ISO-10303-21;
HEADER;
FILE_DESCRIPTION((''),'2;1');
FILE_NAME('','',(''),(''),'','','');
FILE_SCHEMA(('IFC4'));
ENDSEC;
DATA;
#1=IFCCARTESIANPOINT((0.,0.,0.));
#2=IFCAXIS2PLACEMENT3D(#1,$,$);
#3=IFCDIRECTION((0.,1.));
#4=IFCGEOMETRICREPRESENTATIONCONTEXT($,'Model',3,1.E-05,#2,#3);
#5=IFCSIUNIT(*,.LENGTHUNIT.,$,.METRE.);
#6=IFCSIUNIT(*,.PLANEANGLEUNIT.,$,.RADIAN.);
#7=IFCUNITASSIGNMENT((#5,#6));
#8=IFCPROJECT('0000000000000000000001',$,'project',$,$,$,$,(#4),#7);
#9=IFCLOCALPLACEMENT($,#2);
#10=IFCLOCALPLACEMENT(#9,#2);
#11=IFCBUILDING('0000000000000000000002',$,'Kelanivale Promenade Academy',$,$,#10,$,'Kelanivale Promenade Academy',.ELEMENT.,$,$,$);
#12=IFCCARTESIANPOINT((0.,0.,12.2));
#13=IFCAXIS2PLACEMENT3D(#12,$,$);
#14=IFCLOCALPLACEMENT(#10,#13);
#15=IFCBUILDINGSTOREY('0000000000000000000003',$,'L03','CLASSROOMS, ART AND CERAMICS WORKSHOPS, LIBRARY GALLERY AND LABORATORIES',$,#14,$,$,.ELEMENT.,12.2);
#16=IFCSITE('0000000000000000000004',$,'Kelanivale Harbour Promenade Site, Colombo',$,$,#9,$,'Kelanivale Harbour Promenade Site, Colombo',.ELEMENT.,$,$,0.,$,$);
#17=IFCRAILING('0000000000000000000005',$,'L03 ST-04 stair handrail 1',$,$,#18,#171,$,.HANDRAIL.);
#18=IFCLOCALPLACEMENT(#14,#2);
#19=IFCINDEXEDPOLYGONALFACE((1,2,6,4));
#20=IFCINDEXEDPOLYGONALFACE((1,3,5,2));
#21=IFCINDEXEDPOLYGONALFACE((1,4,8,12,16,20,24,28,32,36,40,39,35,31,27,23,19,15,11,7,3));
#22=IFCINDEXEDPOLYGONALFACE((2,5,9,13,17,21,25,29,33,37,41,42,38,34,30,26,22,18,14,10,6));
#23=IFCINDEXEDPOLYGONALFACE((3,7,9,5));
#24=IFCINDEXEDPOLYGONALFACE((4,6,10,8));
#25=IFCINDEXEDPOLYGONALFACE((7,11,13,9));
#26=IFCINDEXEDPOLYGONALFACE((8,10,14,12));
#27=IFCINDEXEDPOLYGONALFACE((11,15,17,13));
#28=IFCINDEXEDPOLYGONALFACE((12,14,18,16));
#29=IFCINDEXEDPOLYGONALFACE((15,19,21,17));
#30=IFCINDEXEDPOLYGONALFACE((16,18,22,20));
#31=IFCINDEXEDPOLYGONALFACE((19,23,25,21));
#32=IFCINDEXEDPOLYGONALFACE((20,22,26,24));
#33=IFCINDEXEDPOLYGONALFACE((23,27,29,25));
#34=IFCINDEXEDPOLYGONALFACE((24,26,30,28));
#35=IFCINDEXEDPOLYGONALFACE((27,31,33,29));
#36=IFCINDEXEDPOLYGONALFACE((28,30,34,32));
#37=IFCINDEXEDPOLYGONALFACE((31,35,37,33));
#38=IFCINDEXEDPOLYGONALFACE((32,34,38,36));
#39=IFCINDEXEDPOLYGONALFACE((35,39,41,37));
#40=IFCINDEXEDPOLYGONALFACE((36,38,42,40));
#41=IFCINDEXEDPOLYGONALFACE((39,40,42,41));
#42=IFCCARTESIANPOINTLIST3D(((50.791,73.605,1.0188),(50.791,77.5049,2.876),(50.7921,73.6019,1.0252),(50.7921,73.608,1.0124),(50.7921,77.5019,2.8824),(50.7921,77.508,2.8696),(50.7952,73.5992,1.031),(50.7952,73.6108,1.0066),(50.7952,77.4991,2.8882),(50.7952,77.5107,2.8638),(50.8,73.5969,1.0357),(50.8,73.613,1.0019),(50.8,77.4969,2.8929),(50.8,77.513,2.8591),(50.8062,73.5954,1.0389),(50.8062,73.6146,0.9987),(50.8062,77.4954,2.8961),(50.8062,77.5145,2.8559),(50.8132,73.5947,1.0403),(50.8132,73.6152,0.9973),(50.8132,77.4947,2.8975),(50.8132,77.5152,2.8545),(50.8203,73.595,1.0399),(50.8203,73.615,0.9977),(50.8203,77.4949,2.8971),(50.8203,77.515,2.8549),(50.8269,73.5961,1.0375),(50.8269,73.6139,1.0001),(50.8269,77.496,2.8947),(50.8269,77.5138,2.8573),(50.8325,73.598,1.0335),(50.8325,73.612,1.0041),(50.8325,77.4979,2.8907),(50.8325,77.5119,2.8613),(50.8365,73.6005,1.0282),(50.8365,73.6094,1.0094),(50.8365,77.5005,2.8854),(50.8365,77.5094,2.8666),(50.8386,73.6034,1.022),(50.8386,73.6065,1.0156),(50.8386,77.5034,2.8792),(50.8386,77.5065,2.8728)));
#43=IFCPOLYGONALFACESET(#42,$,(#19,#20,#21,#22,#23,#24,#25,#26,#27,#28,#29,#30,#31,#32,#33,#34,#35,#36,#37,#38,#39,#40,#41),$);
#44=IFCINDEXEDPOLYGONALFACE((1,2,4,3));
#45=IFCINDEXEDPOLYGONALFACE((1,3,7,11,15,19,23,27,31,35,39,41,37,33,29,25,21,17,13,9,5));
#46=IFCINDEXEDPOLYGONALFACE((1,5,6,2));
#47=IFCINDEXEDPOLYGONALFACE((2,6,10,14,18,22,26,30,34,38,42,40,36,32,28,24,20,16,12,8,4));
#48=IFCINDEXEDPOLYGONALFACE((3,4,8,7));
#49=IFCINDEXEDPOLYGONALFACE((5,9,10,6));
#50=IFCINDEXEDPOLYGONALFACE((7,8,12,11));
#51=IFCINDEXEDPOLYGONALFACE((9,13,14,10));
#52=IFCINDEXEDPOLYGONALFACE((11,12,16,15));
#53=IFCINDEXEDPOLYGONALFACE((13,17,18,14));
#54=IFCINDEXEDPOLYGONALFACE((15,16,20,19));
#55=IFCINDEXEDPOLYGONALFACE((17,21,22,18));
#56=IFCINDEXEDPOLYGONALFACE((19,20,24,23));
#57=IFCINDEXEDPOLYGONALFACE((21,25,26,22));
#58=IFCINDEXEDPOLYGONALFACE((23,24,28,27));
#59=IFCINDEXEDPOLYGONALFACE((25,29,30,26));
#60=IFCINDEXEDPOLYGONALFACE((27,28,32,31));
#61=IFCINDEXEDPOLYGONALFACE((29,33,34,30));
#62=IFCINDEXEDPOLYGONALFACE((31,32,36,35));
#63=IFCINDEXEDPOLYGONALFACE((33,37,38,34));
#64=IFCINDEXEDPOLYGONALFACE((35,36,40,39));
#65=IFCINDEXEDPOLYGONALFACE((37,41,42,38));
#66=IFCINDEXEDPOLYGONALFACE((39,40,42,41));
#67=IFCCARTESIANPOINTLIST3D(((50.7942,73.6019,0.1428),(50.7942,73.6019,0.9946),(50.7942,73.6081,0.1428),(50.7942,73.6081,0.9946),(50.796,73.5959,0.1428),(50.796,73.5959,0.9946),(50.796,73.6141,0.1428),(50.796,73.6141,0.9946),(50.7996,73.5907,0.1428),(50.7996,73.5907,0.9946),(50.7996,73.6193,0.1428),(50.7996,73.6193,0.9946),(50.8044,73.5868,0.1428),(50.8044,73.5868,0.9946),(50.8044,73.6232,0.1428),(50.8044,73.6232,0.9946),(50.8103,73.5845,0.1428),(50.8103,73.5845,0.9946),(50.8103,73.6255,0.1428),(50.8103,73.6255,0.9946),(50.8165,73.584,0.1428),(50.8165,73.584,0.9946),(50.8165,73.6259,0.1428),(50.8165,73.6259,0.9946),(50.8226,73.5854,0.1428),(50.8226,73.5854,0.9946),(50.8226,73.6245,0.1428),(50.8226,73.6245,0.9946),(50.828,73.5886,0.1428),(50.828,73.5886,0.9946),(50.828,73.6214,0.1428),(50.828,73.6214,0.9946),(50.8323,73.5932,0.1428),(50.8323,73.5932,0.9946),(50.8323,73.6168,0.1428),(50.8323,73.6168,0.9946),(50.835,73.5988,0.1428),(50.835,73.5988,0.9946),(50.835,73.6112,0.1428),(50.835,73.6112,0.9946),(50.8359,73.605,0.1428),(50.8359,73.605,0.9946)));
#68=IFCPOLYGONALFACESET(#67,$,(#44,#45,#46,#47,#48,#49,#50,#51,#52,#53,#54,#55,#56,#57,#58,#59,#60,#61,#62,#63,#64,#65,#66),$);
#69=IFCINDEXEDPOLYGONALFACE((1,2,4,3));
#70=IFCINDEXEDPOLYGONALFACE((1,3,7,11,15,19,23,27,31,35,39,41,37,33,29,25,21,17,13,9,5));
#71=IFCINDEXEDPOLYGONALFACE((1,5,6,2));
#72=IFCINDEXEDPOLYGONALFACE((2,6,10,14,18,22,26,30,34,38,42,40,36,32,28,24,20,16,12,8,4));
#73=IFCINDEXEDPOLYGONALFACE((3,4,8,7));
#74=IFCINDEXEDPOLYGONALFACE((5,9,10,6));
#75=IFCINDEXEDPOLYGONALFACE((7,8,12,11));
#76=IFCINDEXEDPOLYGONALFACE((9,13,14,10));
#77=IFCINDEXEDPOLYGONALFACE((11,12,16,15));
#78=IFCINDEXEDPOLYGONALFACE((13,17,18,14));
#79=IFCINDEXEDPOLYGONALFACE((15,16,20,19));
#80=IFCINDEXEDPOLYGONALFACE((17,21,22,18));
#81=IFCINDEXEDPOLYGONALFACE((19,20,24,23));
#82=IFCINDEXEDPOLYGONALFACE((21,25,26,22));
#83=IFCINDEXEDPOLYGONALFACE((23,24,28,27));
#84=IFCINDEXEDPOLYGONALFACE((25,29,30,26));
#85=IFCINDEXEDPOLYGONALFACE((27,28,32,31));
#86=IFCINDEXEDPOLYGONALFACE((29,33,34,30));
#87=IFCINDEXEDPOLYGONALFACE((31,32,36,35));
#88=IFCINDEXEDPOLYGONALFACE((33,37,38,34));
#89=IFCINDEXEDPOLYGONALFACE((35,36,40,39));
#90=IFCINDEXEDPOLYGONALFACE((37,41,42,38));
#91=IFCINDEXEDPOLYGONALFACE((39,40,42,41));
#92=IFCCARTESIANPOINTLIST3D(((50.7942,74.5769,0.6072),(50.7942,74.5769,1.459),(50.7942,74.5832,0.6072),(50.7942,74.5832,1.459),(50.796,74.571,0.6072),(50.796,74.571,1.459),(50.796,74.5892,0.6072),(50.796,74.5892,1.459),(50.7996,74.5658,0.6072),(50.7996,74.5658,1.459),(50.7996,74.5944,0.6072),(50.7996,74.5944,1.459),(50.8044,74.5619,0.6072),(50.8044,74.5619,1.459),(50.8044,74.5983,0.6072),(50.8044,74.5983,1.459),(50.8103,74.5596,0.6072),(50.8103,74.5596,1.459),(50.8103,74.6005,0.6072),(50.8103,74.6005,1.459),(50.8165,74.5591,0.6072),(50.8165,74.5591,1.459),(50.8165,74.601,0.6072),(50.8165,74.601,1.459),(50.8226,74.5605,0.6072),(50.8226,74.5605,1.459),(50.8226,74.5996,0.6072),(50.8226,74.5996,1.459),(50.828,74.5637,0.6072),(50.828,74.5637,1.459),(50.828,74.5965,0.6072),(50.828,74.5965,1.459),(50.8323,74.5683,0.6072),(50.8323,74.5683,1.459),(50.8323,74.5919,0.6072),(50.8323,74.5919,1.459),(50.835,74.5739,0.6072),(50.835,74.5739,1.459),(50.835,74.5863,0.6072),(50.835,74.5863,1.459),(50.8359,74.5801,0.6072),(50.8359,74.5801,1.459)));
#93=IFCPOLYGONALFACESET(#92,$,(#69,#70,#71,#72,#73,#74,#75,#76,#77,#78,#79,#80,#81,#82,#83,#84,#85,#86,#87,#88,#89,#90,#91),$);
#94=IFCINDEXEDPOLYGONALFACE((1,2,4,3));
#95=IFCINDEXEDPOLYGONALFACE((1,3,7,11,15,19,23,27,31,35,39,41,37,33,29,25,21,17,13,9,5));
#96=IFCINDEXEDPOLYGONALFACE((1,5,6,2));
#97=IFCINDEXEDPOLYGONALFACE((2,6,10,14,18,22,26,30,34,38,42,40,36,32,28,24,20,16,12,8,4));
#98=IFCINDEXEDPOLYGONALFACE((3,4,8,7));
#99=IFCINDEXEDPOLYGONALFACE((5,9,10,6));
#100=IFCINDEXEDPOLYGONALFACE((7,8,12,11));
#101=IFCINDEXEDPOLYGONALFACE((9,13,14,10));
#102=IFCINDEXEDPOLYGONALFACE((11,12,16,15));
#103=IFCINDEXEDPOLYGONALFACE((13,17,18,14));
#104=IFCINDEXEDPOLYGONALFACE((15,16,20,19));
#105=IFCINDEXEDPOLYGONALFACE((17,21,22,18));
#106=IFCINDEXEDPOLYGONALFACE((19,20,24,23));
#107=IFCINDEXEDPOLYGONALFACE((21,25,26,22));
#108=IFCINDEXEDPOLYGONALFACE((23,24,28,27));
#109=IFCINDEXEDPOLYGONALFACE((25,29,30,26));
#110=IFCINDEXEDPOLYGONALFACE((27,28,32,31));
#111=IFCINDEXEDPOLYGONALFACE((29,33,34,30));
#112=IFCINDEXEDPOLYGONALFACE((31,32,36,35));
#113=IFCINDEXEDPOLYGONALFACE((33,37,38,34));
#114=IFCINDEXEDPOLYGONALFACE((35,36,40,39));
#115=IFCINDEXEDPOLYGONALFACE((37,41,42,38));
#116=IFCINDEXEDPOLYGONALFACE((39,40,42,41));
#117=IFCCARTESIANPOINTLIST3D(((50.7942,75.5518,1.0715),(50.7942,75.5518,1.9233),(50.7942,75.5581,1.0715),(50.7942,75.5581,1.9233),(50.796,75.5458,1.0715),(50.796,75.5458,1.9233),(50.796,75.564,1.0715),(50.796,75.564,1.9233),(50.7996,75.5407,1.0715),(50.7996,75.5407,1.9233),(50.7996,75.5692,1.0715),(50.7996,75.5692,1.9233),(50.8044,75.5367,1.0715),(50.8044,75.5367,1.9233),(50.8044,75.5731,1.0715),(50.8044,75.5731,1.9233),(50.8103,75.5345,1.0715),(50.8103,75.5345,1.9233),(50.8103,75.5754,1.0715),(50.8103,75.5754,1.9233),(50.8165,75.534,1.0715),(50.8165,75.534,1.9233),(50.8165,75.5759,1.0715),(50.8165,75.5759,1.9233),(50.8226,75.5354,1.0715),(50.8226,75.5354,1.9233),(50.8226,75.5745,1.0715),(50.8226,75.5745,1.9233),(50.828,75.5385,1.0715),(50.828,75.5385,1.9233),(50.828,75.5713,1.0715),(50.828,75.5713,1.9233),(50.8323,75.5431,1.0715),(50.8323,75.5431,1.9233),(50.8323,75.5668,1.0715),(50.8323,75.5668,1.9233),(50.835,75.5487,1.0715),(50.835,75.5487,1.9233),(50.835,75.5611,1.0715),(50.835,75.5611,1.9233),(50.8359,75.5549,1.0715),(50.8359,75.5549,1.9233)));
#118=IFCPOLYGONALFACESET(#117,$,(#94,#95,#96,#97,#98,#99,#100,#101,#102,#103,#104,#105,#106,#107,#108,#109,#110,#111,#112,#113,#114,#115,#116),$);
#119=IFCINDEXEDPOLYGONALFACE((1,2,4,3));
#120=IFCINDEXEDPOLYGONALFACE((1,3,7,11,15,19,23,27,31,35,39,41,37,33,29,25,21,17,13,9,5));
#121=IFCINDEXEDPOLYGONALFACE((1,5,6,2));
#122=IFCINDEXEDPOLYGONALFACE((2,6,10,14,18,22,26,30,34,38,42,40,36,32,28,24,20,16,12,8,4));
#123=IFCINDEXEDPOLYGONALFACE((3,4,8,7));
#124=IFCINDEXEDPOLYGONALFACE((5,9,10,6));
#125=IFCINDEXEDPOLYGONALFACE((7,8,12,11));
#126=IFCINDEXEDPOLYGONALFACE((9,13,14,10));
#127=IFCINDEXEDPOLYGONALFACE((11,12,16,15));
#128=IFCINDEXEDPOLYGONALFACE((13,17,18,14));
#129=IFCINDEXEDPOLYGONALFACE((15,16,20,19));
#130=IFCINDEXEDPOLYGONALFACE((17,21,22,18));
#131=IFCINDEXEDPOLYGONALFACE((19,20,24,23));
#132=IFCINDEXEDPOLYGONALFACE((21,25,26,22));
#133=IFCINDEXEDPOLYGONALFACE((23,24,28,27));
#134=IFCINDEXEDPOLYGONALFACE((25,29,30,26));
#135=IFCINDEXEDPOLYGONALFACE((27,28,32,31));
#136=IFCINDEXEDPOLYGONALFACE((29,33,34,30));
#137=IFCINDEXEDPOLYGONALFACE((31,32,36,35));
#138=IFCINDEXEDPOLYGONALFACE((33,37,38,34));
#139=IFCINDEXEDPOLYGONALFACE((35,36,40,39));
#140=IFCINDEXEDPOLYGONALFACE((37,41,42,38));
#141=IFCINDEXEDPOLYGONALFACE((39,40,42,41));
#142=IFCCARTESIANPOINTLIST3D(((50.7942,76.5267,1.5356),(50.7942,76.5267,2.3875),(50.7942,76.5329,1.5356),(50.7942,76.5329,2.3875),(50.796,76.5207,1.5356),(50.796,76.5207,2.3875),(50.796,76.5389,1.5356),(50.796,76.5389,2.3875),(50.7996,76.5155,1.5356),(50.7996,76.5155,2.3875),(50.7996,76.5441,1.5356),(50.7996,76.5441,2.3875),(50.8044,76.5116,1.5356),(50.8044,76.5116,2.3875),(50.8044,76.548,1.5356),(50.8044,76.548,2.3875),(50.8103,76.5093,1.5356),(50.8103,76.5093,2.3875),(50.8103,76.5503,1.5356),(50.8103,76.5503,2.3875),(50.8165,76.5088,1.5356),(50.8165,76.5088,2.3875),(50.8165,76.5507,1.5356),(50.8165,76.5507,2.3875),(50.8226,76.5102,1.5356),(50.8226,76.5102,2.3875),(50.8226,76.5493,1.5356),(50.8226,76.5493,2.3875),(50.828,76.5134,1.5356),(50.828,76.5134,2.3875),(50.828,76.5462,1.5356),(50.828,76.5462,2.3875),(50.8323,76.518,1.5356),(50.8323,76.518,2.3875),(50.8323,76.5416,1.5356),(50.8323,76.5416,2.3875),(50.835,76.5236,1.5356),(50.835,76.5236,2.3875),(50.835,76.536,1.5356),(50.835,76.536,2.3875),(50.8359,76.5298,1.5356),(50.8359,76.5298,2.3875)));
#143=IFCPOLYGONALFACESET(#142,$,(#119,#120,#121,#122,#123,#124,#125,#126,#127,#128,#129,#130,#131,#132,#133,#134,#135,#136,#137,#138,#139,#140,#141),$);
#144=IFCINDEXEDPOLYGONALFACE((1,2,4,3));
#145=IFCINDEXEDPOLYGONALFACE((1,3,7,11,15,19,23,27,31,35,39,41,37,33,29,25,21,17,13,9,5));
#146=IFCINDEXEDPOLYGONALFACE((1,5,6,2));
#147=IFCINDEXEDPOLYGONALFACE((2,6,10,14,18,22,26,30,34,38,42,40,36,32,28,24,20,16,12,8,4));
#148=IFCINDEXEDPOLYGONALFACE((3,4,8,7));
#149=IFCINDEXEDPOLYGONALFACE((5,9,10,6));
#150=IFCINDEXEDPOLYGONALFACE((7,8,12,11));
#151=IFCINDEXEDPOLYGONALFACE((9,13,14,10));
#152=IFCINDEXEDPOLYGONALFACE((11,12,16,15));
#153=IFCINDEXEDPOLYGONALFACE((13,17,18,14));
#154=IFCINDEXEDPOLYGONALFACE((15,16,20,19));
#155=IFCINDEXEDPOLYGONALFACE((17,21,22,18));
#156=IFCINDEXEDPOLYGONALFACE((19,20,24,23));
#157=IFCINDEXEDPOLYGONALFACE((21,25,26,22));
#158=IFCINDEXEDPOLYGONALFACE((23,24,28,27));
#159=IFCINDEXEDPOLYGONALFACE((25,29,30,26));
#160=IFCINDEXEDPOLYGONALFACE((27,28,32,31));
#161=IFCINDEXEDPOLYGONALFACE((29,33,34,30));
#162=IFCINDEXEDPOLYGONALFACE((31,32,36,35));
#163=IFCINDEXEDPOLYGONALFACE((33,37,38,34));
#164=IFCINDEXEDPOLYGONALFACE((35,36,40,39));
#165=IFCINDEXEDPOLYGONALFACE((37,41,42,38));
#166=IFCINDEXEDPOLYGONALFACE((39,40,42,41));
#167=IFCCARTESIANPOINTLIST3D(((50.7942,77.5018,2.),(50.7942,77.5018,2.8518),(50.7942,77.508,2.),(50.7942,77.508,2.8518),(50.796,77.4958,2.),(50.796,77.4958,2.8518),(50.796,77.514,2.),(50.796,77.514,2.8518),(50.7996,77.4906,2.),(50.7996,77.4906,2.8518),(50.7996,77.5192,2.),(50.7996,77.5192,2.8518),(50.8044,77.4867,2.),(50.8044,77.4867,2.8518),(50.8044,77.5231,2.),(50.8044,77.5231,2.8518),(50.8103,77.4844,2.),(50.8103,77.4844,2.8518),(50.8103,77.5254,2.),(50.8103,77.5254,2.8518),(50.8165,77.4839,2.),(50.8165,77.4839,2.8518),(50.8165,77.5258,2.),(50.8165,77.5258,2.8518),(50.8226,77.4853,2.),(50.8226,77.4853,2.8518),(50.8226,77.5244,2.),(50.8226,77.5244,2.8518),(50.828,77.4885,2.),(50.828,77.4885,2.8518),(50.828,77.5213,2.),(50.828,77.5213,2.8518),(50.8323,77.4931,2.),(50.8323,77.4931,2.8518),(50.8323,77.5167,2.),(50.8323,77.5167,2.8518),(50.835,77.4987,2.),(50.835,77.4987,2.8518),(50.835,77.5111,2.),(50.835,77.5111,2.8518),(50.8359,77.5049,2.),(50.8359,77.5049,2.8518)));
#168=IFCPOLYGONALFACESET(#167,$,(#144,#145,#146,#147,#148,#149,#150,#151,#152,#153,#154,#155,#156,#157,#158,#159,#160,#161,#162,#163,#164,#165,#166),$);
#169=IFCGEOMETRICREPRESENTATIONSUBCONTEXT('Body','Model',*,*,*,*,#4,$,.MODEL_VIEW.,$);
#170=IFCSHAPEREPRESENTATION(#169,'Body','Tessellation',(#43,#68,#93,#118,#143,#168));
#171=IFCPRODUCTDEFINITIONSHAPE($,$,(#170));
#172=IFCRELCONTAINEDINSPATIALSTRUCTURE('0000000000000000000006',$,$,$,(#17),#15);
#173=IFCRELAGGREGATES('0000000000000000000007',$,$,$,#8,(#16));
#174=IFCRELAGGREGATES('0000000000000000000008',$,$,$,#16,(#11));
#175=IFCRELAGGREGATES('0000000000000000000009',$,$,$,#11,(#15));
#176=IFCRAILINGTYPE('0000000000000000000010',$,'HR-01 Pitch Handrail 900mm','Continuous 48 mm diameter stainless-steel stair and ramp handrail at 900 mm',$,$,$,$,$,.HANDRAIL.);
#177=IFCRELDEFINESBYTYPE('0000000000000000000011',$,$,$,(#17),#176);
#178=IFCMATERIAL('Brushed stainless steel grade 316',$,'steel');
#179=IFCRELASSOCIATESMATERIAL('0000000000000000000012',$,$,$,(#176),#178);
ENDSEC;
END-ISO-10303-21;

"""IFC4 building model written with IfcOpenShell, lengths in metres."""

from ifc_helpers import new_model, si_unit, direction, frame, origin, origin_2d, place, context, subcontext, project, spatial, circle, extrude, material, type_object, element, save


model = new_model("IFC4")

# Units and contexts
model_context = context("Model", 3, precision=1e-05, world=origin(), true_north=direction((0.0, 1.0)))
body_context = subcontext(model_context, "Body", "Model", "MODEL_VIEW")
ifc_project = project(units=[si_unit("LENGTHUNIT", "METRE"), si_unit("PLANEANGLEUNIT", "RADIAN")], contexts=[model_context])

# Site, building, storey
site_placement = place(None, origin())
site = spatial("IfcSite", under=ifc_project, at=site_placement, Name="Kelanivale Harbour Promenade Site, Colombo", LongName="Kelanivale Harbour Promenade Site, Colombo", CompositionType="ELEMENT", RefElevation=0.0)
building_placement = place(site_placement, origin())
building = spatial("IfcBuilding", under=site, at=building_placement, Name="Kelanivale Promenade Academy", LongName="Kelanivale Promenade Academy", CompositionType="ELEMENT")
storey_placement = place(building_placement, frame((0.0, 0.0, 12.2)))
storey = spatial("IfcBuildingStorey", under=building, at=storey_placement, Name="L03", Description="CLASSROOMS, ART AND CERAMICS WORKSHOPS, LIBRARY GALLERY AND LABORATORIES", CompositionType="ELEMENT", Elevation=12.2)

# Railing
ifc_material_1 = material(Name="Brushed stainless steel grade 316", Category="steel")
railing_type_1 = type_object("IfcRailingType", Name="HR-01 Pitch Handrail 900mm", Description="Continuous 48 mm diameter stainless-steel stair and ramp handrail at 900 mm", PredefinedType="HANDRAIL", material=ifc_material_1)
railing_1_placement = place(storey_placement, frame((50.8149, 73.605, 0.1428)))
element("IfcRailing", 1, at=railing_1_placement, inside=storey, type_object=railing_type_1, Name="L03 ST-04 stair handrail 1", PredefinedType="HANDRAIL", context=body_context, shape_type="SweptSolid", body=[
    extrude(circle(Radius=0.0239, at=origin_2d()), frame((0.0, 0.0, 0.876), z_axis=(0.0, 0.902853, 0.429949), x_axis=(-1.0, 0.0, 0.0)), (0.0, 0.0, 1.0), 4.3196),
    extrude(circle(Radius=0.021, at=origin_2d()), origin(), (0.0, 0.0, 1.0), 0.8518),
    extrude(circle(Radius=0.021, at=origin_2d()), frame((0.0, 0.9751, 0.4644)), (0.0, 0.0, 1.0), 0.8518),
    extrude(circle(Radius=0.021, at=origin_2d()), frame((0.0, 1.95, 0.9287)), (0.0, 0.0, 1.0), 0.8518),
    extrude(circle(Radius=0.021, at=origin_2d()), frame((0.0, 2.9248, 1.3928)), (0.0, 0.0, 1.0), 0.8518),
    extrude(circle(Radius=0.021, at=origin_2d()), frame((0.0, 3.8999, 1.8572)), (0.0, 0.0, 1.0), 0.8518),
])

save(model, "model.ifc")
